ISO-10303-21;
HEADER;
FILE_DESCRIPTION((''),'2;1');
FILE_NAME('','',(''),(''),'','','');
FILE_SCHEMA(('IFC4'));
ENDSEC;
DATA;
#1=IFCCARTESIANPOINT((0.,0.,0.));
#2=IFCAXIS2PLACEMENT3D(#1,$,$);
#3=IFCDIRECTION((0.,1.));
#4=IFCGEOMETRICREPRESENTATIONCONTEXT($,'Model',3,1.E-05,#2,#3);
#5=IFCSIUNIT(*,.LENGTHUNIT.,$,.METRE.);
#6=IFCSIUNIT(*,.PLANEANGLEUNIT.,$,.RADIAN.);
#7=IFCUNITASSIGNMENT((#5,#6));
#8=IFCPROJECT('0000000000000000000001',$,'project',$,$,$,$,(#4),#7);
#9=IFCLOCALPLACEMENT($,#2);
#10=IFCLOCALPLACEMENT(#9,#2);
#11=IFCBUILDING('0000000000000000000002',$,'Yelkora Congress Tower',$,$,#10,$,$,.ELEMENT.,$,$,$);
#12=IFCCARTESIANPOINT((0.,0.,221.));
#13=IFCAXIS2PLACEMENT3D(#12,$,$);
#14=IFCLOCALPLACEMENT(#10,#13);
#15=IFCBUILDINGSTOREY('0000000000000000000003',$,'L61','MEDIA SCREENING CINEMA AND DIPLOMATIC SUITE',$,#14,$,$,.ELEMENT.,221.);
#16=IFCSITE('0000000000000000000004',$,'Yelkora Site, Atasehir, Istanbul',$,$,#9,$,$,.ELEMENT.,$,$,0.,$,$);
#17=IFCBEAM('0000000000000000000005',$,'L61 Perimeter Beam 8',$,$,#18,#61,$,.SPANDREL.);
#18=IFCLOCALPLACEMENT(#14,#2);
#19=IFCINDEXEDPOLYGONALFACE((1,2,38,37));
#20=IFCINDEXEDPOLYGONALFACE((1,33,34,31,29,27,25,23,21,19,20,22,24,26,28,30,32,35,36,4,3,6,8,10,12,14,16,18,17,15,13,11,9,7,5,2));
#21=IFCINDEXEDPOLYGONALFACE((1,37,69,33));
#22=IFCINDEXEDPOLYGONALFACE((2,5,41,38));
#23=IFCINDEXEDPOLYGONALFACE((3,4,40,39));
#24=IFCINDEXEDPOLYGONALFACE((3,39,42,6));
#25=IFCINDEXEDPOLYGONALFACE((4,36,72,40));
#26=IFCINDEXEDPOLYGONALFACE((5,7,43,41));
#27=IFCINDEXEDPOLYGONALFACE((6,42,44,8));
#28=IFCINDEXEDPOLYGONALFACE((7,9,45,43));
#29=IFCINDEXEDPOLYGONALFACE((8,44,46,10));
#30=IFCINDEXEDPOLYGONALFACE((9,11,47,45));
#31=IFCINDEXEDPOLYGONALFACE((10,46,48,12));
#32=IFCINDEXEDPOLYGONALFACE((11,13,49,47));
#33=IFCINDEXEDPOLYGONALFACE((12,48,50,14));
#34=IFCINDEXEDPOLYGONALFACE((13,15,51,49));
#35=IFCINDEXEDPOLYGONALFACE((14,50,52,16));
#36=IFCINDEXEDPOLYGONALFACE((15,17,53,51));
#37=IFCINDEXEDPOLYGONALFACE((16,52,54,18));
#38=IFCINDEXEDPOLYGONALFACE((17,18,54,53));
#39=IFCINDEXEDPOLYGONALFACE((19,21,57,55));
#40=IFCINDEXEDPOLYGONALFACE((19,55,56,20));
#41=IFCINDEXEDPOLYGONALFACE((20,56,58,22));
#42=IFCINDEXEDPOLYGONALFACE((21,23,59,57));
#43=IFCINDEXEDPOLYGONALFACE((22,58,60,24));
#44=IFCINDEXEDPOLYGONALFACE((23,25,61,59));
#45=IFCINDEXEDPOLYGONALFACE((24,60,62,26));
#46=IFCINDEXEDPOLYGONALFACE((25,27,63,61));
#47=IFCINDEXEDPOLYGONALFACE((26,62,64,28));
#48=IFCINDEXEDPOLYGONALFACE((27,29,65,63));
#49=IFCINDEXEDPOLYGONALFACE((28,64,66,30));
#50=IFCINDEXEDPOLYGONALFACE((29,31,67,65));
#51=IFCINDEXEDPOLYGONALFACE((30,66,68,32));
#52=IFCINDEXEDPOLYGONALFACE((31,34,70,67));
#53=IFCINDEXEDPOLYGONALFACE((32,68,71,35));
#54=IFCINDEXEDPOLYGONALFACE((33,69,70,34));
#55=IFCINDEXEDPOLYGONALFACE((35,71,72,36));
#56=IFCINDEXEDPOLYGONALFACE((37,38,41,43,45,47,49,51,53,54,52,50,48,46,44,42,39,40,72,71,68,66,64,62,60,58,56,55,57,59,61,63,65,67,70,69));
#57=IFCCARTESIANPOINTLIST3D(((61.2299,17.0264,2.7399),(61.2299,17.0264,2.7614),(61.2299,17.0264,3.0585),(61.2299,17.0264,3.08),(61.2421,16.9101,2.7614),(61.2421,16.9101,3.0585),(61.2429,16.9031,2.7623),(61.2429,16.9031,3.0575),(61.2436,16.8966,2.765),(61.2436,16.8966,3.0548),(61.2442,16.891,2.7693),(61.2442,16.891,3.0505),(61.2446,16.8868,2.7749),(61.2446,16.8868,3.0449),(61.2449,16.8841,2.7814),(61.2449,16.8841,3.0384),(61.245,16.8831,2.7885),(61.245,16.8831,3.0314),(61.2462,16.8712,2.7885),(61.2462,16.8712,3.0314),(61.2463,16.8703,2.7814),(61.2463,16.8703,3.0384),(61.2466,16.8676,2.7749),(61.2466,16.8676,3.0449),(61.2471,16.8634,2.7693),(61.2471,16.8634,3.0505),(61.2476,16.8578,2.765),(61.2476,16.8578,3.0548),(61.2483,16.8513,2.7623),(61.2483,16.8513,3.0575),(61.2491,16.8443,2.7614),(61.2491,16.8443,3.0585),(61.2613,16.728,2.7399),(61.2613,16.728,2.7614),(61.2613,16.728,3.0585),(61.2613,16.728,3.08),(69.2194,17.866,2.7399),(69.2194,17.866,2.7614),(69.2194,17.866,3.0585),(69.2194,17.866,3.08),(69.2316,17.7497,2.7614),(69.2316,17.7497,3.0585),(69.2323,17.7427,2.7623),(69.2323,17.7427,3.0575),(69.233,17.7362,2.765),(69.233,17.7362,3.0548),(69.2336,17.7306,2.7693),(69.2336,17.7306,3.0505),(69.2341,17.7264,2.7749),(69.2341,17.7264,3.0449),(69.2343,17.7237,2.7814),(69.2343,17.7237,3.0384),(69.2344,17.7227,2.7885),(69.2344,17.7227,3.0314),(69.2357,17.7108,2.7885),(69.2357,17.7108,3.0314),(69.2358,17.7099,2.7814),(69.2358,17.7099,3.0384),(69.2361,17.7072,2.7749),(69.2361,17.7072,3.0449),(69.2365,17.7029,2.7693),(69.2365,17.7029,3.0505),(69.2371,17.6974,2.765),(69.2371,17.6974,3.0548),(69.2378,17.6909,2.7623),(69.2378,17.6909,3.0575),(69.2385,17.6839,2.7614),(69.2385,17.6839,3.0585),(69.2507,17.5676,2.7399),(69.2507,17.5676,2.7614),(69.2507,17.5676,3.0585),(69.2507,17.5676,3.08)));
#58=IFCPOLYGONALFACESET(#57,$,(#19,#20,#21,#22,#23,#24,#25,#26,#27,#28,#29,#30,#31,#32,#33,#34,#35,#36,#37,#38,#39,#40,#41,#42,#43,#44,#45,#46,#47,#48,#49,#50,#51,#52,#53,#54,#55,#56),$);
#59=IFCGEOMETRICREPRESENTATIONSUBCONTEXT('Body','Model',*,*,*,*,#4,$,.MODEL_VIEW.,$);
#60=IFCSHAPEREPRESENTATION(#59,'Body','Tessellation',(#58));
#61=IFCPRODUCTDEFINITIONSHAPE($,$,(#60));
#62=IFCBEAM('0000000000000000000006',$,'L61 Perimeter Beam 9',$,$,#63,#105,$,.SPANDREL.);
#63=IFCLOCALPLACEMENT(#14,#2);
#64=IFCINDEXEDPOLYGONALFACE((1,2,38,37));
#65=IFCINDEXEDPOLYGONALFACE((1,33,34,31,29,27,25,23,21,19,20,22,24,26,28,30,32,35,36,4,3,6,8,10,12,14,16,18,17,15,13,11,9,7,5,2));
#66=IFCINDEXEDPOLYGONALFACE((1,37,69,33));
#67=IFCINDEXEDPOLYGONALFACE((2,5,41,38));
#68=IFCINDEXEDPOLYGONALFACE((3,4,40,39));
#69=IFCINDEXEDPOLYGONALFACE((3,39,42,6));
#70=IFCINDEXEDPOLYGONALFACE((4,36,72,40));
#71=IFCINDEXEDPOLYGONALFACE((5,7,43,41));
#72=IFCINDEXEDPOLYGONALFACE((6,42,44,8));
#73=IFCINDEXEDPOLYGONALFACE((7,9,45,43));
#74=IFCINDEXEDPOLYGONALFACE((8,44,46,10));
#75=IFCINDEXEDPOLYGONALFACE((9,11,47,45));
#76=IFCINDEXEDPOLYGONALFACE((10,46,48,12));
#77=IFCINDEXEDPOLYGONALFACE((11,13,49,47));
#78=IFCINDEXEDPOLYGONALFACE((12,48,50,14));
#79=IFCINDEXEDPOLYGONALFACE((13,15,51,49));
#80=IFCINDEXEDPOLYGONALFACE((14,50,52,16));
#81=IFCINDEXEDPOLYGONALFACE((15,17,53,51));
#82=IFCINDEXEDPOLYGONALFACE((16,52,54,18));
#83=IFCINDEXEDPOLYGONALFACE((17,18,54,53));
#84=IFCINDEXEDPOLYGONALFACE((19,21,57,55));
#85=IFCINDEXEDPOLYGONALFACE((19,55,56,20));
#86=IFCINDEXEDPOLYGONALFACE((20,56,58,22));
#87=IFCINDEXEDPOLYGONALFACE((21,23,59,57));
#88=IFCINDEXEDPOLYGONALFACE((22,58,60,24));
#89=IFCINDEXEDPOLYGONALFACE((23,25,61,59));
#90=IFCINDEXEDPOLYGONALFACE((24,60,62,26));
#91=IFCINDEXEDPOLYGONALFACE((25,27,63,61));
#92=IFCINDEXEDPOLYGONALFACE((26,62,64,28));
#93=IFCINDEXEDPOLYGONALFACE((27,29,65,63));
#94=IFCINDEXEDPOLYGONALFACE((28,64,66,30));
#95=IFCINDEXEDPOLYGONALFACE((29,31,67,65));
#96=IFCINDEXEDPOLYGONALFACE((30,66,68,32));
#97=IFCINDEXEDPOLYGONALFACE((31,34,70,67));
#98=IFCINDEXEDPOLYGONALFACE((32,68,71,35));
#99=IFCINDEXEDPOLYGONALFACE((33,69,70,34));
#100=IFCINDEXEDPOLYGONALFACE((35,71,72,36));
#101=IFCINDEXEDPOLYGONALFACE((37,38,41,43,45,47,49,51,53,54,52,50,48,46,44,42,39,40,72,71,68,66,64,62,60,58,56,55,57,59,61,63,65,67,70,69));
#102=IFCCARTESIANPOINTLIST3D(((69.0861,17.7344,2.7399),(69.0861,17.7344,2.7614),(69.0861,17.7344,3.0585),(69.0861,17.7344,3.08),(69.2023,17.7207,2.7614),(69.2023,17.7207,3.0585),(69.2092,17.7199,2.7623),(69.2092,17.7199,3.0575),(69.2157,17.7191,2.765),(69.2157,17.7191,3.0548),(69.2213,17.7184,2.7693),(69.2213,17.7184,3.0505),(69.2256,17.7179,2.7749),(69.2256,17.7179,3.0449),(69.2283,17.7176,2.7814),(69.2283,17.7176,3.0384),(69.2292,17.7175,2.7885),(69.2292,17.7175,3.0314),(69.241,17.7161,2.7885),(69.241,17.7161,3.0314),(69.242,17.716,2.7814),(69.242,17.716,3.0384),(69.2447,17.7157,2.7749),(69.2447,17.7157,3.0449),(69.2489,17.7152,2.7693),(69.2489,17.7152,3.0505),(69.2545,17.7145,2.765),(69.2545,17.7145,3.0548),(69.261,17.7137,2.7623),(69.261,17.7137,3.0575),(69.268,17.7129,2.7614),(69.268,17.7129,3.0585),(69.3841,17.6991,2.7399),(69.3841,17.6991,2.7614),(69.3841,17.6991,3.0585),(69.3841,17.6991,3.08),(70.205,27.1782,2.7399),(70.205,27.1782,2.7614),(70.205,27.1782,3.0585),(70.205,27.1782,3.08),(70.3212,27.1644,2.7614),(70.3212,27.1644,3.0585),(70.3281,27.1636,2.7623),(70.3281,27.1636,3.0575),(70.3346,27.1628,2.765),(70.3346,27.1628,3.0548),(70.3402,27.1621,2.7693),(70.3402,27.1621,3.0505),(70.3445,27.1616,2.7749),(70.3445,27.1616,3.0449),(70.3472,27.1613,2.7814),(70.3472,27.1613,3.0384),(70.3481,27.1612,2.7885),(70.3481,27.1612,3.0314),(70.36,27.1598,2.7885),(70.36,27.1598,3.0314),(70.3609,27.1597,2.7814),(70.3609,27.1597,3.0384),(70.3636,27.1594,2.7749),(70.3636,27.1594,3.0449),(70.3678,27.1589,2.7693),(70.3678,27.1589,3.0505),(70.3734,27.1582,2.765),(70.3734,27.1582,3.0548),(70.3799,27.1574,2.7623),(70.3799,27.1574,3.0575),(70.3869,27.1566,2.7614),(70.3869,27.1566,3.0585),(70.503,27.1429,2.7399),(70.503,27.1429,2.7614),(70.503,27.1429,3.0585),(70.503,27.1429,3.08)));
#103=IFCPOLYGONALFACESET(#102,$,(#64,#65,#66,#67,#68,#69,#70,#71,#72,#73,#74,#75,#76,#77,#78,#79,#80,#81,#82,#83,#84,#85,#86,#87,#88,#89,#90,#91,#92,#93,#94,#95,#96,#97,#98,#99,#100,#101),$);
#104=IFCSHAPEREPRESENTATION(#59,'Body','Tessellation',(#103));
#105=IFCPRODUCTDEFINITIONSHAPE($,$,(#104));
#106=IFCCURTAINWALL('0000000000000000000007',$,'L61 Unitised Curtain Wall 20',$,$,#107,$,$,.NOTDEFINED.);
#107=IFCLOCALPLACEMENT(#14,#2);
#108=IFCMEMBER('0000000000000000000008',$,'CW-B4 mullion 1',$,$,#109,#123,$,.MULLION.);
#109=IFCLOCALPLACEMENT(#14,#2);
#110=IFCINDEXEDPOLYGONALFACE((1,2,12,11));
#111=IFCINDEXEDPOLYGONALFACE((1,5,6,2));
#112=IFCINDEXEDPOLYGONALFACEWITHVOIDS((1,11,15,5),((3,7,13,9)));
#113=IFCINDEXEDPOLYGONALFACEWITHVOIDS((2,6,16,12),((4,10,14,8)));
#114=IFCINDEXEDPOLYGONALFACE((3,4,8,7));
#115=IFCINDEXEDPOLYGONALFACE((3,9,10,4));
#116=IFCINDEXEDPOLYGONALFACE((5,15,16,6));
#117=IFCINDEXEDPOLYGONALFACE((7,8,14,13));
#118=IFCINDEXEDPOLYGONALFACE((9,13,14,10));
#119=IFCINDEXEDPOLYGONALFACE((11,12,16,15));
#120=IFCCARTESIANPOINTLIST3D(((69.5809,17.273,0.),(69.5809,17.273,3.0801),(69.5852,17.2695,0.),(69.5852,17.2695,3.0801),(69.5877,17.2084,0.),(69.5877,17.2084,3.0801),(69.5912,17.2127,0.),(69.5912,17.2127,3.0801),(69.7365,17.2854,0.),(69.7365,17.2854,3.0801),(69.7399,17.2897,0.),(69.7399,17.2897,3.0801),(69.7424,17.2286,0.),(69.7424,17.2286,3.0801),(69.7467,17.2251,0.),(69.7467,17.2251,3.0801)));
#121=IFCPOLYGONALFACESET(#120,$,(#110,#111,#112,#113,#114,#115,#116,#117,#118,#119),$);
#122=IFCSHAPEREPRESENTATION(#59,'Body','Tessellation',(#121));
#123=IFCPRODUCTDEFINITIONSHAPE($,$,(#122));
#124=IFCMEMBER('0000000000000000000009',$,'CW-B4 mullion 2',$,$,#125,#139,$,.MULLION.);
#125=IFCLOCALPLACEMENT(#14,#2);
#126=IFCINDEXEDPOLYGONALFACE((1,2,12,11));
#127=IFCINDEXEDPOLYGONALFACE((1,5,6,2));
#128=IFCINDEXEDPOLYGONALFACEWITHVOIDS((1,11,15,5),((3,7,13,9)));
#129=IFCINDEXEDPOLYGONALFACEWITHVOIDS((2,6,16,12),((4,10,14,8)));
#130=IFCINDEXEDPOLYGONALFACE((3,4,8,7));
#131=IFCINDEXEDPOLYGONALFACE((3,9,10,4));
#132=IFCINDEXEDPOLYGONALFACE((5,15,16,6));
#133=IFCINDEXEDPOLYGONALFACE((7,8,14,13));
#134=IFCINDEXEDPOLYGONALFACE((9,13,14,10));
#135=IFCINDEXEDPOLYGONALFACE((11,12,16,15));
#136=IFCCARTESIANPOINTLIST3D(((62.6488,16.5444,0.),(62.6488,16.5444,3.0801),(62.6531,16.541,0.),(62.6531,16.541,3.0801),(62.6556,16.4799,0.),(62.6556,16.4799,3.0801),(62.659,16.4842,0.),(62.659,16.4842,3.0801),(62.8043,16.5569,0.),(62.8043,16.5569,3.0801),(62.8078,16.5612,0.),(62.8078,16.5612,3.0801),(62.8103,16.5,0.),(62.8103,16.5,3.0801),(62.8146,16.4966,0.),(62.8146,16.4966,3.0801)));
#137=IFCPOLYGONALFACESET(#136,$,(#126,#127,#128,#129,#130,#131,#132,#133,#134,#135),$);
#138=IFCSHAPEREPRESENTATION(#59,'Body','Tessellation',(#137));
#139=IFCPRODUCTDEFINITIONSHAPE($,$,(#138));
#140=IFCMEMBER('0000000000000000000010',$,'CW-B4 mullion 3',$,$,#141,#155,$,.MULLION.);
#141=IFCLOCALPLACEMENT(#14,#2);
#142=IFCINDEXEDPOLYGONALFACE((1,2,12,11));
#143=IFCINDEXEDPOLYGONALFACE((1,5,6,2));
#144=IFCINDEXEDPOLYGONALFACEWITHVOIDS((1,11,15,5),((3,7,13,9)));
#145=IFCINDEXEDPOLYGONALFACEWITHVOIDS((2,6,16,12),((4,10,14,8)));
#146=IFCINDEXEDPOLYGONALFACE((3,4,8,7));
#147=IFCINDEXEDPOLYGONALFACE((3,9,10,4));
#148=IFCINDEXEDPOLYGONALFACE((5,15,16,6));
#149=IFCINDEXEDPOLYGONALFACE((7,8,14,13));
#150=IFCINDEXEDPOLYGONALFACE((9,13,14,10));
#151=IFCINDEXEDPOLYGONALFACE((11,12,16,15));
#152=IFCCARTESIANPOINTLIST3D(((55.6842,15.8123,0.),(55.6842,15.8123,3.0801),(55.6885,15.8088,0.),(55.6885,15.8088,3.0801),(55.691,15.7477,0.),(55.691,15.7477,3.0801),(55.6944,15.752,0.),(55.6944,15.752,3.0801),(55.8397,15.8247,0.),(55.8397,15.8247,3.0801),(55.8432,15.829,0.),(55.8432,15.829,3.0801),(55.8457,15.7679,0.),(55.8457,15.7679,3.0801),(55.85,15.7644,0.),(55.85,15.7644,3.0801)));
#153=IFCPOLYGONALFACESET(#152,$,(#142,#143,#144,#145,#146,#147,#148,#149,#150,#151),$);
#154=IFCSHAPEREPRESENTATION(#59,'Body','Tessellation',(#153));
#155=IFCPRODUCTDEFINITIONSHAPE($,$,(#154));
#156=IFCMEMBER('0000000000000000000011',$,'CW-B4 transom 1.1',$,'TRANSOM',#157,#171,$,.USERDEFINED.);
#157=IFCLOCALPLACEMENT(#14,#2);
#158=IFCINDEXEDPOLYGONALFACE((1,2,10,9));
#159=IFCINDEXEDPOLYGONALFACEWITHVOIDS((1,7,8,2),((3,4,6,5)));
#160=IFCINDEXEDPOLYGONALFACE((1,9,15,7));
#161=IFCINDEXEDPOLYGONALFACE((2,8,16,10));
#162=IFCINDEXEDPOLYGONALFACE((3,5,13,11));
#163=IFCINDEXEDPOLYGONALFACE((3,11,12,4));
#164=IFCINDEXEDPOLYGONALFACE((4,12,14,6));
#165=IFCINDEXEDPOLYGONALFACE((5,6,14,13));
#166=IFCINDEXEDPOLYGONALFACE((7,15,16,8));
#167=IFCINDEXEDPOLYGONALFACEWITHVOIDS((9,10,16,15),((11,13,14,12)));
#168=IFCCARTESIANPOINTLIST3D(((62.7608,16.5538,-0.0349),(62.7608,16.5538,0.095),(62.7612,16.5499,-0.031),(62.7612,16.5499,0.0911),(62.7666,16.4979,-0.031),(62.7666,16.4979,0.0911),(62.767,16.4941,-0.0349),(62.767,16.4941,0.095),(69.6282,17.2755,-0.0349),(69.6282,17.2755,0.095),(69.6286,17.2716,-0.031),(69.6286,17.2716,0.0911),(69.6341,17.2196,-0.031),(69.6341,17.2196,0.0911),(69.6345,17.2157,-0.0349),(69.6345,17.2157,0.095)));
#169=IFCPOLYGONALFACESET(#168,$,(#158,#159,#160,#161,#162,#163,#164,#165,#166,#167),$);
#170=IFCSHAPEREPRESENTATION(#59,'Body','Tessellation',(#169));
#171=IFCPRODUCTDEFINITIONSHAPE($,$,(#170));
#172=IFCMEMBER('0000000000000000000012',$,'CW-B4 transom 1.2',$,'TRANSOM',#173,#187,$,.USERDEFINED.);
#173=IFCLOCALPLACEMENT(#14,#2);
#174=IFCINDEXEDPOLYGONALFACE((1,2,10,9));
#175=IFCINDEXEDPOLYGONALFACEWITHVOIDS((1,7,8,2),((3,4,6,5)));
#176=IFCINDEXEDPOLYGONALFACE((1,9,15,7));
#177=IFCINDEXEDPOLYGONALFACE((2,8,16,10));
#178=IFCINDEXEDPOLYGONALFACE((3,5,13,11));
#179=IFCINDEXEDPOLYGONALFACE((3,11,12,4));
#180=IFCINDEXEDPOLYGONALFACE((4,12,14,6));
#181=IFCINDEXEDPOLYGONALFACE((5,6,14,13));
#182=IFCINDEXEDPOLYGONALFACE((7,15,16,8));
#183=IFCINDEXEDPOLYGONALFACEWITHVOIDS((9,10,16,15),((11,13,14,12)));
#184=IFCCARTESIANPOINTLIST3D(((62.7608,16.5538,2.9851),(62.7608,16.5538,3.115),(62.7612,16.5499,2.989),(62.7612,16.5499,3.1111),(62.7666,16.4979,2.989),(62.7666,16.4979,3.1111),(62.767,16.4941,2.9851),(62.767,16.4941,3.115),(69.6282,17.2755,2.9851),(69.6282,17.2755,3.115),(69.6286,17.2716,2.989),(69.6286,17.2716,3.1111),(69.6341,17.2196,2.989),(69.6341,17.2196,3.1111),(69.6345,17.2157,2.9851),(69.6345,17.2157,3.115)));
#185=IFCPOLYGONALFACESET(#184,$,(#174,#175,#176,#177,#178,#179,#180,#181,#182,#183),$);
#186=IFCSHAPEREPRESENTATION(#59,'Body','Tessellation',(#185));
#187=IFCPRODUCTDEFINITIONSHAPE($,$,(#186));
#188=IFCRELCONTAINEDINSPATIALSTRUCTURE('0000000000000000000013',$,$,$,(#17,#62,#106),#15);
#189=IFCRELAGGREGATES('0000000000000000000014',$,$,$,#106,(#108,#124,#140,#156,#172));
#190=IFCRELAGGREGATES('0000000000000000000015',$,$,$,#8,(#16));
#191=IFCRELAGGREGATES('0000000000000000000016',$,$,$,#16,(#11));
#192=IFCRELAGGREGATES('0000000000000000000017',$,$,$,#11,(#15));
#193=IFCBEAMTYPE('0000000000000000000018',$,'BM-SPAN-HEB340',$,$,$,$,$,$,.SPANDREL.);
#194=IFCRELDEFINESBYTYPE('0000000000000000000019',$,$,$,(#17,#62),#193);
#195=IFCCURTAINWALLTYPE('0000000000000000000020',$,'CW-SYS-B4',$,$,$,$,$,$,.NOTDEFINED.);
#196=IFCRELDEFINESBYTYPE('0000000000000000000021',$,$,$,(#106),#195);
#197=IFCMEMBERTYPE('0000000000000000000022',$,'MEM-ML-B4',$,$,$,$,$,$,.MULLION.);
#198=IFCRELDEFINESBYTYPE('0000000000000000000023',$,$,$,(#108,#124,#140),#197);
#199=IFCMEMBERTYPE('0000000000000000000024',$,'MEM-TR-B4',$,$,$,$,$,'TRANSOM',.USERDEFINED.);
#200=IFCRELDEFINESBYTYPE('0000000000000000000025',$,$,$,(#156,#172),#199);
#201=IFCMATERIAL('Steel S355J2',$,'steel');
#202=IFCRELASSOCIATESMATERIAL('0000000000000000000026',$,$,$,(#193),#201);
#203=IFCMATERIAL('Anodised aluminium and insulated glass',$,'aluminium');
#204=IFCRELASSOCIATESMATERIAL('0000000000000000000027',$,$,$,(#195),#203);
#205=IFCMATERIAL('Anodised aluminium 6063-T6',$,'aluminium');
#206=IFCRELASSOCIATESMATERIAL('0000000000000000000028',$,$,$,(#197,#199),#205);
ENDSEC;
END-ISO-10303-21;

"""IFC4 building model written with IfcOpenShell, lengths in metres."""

from ifc_helpers import new_model, si_unit, direction, frame, origin, origin_2d, place, context, subcontext, project, spatial, hollow_rectangle, i_section, extrude, material, material_profile, profile_set, type_object, element, aggregate, save


model = new_model("IFC4")

# Units and contexts
model_context = context("Model", 3, precision=1e-05, world=origin(), true_north=direction((0.0, 1.0)))
body_context = subcontext(model_context, "Body", "Model", "MODEL_VIEW")
ifc_project = project(units=[si_unit("LENGTHUNIT", "METRE"), si_unit("PLANEANGLEUNIT", "RADIAN")], contexts=[model_context])

# Site, building, storey
site_placement = place(None, origin())
site = spatial("IfcSite", under=ifc_project, at=site_placement, Name="Yelkora Site, Atasehir, Istanbul", CompositionType="ELEMENT", RefElevation=0.0)
building_placement = place(site_placement, origin())
building = spatial("IfcBuilding", under=site, at=building_placement, Name="Yelkora Congress Tower", CompositionType="ELEMENT")
storey_placement = place(building_placement, frame((0.0, 0.0, 221.0)))
storey = spatial("IfcBuildingStorey", under=building, at=storey_placement, Name="L61", Description="MEDIA SCREENING CINEMA AND DIPLOMATIC SUITE", CompositionType="ELEMENT", Elevation=221.0)

# Shared definitions
ifc_material_1 = material(Name="Steel S355J2", Category="steel")

# Beams
ifc_material_profile_1 = material_profile(ifc_material_1, i_section(OverallWidth=0.3, OverallDepth=0.3401, WebThickness=0.012, FlangeThickness=0.0215, FilletRadius=0.0271, at=origin_2d()), Name="HEB 340")
ifc_profile_set_1 = profile_set([ifc_material_profile_1], Name="Steel S355J2")
beam_type_1 = type_object("IfcBeamType", Name="BM-SPAN-HEB340", PredefinedType="SPANDREL", material=ifc_profile_set_1)
beam_1_placement = place(storey_placement, frame((61.2456, 16.8772, 2.9099), z_axis=(0.994524, 0.104512, 0.0), x_axis=(-0.104512, 0.994524, 0.0)))
element("IfcBeam", 1, at=beam_1_placement, inside=storey, type_object=beam_type_1, Name="L61 Perimeter Beam 8", PredefinedType="SPANDREL", context=body_context, shape_type="SweptSolid", body=[
    extrude(i_section(OverallWidth=0.3, OverallDepth=0.3401, WebThickness=0.012, FlangeThickness=0.0215, FilletRadius=0.0271, at=origin_2d()), origin(), (0.0, 0.0, 1.0), 8.0334),
])
beam_2_placement = place(storey_placement, frame((69.2351, 17.7168, 2.9099), z_axis=(0.117659, 0.993054, 0.0), x_axis=(-0.993054, 0.117659, 0.0)))
element("IfcBeam", 2, at=beam_2_placement, inside=storey, type_object=beam_type_1, Name="L61 Perimeter Beam 9", PredefinedType="SPANDREL", context=body_context, shape_type="SweptSolid", body=[
    extrude(i_section(OverallWidth=0.3, OverallDepth=0.3401, WebThickness=0.012, FlangeThickness=0.0215, FilletRadius=0.0271, at=origin_2d()), origin(), (0.0, 0.0, 1.0), 9.5098),
])

# Curtain wall, members
ifc_material_2 = material(Name="Anodised aluminium and insulated glass", Category="aluminium")
curtain_wall_type = type_object("IfcCurtainWallType", Name="CW-SYS-B4", PredefinedType="NOTDEFINED", material=ifc_material_2)
curtain_wall_placement = place(storey_placement, origin())
curtain_wall = element("IfcCurtainWall", 3, at=curtain_wall_placement, inside=storey, type_object=curtain_wall_type, Name="L61 Unitised Curtain Wall 20", PredefinedType="NOTDEFINED")
ifc_material_3 = material(Name="Anodised aluminium 6063-T6", Category="aluminium")
ifc_material_profile_2 = material_profile(ifc_material_3, hollow_rectangle(XDim=0.0649, YDim=0.1599, WallThickness=0.0039, at=origin_2d()), Name="ALU 65x160x4")
ifc_profile_set_2 = profile_set([ifc_material_profile_2], Name="Anodised aluminium 6063-T6")
member_type_1 = type_object("IfcMemberType", Name="MEM-ML-B4", PredefinedType="MULLION", material=ifc_profile_set_2)
member_1_placement = place(storey_placement, frame((69.6638, 17.249, 0.0), z_axis=(0.0, 0.0, 1.0), x_axis=(0.104527, -0.994522, 0.0)))
member_1 = element("IfcMember", 4, at=member_1_placement, type_object=member_type_1, Name="CW-B4 mullion 1", PredefinedType="MULLION", context=body_context, shape_type="SweptSolid", body=[
    extrude(hollow_rectangle(XDim=0.0649, YDim=0.1599, WallThickness=0.0039, at=origin_2d()), origin(), (0.0, 0.0, 1.0), 3.0801),
])
member_2_placement = place(storey_placement, frame((62.7317, 16.5205, 0.0), z_axis=(0.0, 0.0, 1.0), x_axis=(0.104527, -0.994522, 0.0)))
member_2 = element("IfcMember", 5, at=member_2_placement, type_object=member_type_1, Name="CW-B4 mullion 2", PredefinedType="MULLION", context=body_context, shape_type="SweptSolid", body=[
    extrude(hollow_rectangle(XDim=0.0649, YDim=0.1599, WallThickness=0.0039, at=origin_2d()), origin(), (0.0, 0.0, 1.0), 3.0801),
])
member_3_placement = place(storey_placement, frame((55.7671, 15.7883, 0.0), z_axis=(0.0, 0.0, 1.0), x_axis=(0.104527, -0.994522, 0.0)))
member_3 = element("IfcMember", 6, at=member_3_placement, type_object=member_type_1, Name="CW-B4 mullion 3", PredefinedType="MULLION", context=body_context, shape_type="SweptSolid", body=[
    extrude(hollow_rectangle(XDim=0.0649, YDim=0.1599, WallThickness=0.0039, at=origin_2d()), origin(), (0.0, 0.0, 1.0), 3.0801),
])
ifc_material_profile_3 = material_profile(ifc_material_3, hollow_rectangle(XDim=0.0601, YDim=0.1299, WallThickness=0.0039, at=origin_2d()), Name="ALU 60x130x4")
ifc_profile_set_3 = profile_set([ifc_material_profile_3], Name="Anodised aluminium 6063-T6")
member_type_2 = type_object("IfcMemberType", Name="MEM-TR-B4", ElementType="TRANSOM", PredefinedType="USERDEFINED", material=ifc_profile_set_3)
member_4_placement = place(storey_placement, frame((69.6313, 17.2456, 0.03), z_axis=(-0.994524, -0.104512, 0.0), x_axis=(0.104512, -0.994524, 0.0)))
member_4 = element("IfcMember", 7, at=member_4_placement, type_object=member_type_2, Name="CW-B4 transom 1.1", ObjectType="TRANSOM", PredefinedType="USERDEFINED", context=body_context, shape_type="SweptSolid", body=[
    extrude(hollow_rectangle(XDim=0.0601, YDim=0.1299, WallThickness=0.0039, at=origin_2d()), origin(), (0.0, 0.0, 1.0), 6.9053),
])
member_5_placement = place(storey_placement, frame((69.6313, 17.2456, 3.05), z_axis=(-0.994524, -0.104512, 0.0), x_axis=(0.104512, -0.994524, 0.0)))
member_5 = element("IfcMember", 8, at=member_5_placement, type_object=member_type_2, Name="CW-B4 transom 1.2", ObjectType="TRANSOM", PredefinedType="USERDEFINED", context=body_context, shape_type="SweptSolid", body=[
    extrude(hollow_rectangle(XDim=0.0601, YDim=0.1299, WallThickness=0.0039, at=origin_2d()), origin(), (0.0, 0.0, 1.0), 6.9053),
])
aggregate(curtain_wall, [member_1, member_2, member_3, member_4, member_5])

save(model, "model.ifc")
